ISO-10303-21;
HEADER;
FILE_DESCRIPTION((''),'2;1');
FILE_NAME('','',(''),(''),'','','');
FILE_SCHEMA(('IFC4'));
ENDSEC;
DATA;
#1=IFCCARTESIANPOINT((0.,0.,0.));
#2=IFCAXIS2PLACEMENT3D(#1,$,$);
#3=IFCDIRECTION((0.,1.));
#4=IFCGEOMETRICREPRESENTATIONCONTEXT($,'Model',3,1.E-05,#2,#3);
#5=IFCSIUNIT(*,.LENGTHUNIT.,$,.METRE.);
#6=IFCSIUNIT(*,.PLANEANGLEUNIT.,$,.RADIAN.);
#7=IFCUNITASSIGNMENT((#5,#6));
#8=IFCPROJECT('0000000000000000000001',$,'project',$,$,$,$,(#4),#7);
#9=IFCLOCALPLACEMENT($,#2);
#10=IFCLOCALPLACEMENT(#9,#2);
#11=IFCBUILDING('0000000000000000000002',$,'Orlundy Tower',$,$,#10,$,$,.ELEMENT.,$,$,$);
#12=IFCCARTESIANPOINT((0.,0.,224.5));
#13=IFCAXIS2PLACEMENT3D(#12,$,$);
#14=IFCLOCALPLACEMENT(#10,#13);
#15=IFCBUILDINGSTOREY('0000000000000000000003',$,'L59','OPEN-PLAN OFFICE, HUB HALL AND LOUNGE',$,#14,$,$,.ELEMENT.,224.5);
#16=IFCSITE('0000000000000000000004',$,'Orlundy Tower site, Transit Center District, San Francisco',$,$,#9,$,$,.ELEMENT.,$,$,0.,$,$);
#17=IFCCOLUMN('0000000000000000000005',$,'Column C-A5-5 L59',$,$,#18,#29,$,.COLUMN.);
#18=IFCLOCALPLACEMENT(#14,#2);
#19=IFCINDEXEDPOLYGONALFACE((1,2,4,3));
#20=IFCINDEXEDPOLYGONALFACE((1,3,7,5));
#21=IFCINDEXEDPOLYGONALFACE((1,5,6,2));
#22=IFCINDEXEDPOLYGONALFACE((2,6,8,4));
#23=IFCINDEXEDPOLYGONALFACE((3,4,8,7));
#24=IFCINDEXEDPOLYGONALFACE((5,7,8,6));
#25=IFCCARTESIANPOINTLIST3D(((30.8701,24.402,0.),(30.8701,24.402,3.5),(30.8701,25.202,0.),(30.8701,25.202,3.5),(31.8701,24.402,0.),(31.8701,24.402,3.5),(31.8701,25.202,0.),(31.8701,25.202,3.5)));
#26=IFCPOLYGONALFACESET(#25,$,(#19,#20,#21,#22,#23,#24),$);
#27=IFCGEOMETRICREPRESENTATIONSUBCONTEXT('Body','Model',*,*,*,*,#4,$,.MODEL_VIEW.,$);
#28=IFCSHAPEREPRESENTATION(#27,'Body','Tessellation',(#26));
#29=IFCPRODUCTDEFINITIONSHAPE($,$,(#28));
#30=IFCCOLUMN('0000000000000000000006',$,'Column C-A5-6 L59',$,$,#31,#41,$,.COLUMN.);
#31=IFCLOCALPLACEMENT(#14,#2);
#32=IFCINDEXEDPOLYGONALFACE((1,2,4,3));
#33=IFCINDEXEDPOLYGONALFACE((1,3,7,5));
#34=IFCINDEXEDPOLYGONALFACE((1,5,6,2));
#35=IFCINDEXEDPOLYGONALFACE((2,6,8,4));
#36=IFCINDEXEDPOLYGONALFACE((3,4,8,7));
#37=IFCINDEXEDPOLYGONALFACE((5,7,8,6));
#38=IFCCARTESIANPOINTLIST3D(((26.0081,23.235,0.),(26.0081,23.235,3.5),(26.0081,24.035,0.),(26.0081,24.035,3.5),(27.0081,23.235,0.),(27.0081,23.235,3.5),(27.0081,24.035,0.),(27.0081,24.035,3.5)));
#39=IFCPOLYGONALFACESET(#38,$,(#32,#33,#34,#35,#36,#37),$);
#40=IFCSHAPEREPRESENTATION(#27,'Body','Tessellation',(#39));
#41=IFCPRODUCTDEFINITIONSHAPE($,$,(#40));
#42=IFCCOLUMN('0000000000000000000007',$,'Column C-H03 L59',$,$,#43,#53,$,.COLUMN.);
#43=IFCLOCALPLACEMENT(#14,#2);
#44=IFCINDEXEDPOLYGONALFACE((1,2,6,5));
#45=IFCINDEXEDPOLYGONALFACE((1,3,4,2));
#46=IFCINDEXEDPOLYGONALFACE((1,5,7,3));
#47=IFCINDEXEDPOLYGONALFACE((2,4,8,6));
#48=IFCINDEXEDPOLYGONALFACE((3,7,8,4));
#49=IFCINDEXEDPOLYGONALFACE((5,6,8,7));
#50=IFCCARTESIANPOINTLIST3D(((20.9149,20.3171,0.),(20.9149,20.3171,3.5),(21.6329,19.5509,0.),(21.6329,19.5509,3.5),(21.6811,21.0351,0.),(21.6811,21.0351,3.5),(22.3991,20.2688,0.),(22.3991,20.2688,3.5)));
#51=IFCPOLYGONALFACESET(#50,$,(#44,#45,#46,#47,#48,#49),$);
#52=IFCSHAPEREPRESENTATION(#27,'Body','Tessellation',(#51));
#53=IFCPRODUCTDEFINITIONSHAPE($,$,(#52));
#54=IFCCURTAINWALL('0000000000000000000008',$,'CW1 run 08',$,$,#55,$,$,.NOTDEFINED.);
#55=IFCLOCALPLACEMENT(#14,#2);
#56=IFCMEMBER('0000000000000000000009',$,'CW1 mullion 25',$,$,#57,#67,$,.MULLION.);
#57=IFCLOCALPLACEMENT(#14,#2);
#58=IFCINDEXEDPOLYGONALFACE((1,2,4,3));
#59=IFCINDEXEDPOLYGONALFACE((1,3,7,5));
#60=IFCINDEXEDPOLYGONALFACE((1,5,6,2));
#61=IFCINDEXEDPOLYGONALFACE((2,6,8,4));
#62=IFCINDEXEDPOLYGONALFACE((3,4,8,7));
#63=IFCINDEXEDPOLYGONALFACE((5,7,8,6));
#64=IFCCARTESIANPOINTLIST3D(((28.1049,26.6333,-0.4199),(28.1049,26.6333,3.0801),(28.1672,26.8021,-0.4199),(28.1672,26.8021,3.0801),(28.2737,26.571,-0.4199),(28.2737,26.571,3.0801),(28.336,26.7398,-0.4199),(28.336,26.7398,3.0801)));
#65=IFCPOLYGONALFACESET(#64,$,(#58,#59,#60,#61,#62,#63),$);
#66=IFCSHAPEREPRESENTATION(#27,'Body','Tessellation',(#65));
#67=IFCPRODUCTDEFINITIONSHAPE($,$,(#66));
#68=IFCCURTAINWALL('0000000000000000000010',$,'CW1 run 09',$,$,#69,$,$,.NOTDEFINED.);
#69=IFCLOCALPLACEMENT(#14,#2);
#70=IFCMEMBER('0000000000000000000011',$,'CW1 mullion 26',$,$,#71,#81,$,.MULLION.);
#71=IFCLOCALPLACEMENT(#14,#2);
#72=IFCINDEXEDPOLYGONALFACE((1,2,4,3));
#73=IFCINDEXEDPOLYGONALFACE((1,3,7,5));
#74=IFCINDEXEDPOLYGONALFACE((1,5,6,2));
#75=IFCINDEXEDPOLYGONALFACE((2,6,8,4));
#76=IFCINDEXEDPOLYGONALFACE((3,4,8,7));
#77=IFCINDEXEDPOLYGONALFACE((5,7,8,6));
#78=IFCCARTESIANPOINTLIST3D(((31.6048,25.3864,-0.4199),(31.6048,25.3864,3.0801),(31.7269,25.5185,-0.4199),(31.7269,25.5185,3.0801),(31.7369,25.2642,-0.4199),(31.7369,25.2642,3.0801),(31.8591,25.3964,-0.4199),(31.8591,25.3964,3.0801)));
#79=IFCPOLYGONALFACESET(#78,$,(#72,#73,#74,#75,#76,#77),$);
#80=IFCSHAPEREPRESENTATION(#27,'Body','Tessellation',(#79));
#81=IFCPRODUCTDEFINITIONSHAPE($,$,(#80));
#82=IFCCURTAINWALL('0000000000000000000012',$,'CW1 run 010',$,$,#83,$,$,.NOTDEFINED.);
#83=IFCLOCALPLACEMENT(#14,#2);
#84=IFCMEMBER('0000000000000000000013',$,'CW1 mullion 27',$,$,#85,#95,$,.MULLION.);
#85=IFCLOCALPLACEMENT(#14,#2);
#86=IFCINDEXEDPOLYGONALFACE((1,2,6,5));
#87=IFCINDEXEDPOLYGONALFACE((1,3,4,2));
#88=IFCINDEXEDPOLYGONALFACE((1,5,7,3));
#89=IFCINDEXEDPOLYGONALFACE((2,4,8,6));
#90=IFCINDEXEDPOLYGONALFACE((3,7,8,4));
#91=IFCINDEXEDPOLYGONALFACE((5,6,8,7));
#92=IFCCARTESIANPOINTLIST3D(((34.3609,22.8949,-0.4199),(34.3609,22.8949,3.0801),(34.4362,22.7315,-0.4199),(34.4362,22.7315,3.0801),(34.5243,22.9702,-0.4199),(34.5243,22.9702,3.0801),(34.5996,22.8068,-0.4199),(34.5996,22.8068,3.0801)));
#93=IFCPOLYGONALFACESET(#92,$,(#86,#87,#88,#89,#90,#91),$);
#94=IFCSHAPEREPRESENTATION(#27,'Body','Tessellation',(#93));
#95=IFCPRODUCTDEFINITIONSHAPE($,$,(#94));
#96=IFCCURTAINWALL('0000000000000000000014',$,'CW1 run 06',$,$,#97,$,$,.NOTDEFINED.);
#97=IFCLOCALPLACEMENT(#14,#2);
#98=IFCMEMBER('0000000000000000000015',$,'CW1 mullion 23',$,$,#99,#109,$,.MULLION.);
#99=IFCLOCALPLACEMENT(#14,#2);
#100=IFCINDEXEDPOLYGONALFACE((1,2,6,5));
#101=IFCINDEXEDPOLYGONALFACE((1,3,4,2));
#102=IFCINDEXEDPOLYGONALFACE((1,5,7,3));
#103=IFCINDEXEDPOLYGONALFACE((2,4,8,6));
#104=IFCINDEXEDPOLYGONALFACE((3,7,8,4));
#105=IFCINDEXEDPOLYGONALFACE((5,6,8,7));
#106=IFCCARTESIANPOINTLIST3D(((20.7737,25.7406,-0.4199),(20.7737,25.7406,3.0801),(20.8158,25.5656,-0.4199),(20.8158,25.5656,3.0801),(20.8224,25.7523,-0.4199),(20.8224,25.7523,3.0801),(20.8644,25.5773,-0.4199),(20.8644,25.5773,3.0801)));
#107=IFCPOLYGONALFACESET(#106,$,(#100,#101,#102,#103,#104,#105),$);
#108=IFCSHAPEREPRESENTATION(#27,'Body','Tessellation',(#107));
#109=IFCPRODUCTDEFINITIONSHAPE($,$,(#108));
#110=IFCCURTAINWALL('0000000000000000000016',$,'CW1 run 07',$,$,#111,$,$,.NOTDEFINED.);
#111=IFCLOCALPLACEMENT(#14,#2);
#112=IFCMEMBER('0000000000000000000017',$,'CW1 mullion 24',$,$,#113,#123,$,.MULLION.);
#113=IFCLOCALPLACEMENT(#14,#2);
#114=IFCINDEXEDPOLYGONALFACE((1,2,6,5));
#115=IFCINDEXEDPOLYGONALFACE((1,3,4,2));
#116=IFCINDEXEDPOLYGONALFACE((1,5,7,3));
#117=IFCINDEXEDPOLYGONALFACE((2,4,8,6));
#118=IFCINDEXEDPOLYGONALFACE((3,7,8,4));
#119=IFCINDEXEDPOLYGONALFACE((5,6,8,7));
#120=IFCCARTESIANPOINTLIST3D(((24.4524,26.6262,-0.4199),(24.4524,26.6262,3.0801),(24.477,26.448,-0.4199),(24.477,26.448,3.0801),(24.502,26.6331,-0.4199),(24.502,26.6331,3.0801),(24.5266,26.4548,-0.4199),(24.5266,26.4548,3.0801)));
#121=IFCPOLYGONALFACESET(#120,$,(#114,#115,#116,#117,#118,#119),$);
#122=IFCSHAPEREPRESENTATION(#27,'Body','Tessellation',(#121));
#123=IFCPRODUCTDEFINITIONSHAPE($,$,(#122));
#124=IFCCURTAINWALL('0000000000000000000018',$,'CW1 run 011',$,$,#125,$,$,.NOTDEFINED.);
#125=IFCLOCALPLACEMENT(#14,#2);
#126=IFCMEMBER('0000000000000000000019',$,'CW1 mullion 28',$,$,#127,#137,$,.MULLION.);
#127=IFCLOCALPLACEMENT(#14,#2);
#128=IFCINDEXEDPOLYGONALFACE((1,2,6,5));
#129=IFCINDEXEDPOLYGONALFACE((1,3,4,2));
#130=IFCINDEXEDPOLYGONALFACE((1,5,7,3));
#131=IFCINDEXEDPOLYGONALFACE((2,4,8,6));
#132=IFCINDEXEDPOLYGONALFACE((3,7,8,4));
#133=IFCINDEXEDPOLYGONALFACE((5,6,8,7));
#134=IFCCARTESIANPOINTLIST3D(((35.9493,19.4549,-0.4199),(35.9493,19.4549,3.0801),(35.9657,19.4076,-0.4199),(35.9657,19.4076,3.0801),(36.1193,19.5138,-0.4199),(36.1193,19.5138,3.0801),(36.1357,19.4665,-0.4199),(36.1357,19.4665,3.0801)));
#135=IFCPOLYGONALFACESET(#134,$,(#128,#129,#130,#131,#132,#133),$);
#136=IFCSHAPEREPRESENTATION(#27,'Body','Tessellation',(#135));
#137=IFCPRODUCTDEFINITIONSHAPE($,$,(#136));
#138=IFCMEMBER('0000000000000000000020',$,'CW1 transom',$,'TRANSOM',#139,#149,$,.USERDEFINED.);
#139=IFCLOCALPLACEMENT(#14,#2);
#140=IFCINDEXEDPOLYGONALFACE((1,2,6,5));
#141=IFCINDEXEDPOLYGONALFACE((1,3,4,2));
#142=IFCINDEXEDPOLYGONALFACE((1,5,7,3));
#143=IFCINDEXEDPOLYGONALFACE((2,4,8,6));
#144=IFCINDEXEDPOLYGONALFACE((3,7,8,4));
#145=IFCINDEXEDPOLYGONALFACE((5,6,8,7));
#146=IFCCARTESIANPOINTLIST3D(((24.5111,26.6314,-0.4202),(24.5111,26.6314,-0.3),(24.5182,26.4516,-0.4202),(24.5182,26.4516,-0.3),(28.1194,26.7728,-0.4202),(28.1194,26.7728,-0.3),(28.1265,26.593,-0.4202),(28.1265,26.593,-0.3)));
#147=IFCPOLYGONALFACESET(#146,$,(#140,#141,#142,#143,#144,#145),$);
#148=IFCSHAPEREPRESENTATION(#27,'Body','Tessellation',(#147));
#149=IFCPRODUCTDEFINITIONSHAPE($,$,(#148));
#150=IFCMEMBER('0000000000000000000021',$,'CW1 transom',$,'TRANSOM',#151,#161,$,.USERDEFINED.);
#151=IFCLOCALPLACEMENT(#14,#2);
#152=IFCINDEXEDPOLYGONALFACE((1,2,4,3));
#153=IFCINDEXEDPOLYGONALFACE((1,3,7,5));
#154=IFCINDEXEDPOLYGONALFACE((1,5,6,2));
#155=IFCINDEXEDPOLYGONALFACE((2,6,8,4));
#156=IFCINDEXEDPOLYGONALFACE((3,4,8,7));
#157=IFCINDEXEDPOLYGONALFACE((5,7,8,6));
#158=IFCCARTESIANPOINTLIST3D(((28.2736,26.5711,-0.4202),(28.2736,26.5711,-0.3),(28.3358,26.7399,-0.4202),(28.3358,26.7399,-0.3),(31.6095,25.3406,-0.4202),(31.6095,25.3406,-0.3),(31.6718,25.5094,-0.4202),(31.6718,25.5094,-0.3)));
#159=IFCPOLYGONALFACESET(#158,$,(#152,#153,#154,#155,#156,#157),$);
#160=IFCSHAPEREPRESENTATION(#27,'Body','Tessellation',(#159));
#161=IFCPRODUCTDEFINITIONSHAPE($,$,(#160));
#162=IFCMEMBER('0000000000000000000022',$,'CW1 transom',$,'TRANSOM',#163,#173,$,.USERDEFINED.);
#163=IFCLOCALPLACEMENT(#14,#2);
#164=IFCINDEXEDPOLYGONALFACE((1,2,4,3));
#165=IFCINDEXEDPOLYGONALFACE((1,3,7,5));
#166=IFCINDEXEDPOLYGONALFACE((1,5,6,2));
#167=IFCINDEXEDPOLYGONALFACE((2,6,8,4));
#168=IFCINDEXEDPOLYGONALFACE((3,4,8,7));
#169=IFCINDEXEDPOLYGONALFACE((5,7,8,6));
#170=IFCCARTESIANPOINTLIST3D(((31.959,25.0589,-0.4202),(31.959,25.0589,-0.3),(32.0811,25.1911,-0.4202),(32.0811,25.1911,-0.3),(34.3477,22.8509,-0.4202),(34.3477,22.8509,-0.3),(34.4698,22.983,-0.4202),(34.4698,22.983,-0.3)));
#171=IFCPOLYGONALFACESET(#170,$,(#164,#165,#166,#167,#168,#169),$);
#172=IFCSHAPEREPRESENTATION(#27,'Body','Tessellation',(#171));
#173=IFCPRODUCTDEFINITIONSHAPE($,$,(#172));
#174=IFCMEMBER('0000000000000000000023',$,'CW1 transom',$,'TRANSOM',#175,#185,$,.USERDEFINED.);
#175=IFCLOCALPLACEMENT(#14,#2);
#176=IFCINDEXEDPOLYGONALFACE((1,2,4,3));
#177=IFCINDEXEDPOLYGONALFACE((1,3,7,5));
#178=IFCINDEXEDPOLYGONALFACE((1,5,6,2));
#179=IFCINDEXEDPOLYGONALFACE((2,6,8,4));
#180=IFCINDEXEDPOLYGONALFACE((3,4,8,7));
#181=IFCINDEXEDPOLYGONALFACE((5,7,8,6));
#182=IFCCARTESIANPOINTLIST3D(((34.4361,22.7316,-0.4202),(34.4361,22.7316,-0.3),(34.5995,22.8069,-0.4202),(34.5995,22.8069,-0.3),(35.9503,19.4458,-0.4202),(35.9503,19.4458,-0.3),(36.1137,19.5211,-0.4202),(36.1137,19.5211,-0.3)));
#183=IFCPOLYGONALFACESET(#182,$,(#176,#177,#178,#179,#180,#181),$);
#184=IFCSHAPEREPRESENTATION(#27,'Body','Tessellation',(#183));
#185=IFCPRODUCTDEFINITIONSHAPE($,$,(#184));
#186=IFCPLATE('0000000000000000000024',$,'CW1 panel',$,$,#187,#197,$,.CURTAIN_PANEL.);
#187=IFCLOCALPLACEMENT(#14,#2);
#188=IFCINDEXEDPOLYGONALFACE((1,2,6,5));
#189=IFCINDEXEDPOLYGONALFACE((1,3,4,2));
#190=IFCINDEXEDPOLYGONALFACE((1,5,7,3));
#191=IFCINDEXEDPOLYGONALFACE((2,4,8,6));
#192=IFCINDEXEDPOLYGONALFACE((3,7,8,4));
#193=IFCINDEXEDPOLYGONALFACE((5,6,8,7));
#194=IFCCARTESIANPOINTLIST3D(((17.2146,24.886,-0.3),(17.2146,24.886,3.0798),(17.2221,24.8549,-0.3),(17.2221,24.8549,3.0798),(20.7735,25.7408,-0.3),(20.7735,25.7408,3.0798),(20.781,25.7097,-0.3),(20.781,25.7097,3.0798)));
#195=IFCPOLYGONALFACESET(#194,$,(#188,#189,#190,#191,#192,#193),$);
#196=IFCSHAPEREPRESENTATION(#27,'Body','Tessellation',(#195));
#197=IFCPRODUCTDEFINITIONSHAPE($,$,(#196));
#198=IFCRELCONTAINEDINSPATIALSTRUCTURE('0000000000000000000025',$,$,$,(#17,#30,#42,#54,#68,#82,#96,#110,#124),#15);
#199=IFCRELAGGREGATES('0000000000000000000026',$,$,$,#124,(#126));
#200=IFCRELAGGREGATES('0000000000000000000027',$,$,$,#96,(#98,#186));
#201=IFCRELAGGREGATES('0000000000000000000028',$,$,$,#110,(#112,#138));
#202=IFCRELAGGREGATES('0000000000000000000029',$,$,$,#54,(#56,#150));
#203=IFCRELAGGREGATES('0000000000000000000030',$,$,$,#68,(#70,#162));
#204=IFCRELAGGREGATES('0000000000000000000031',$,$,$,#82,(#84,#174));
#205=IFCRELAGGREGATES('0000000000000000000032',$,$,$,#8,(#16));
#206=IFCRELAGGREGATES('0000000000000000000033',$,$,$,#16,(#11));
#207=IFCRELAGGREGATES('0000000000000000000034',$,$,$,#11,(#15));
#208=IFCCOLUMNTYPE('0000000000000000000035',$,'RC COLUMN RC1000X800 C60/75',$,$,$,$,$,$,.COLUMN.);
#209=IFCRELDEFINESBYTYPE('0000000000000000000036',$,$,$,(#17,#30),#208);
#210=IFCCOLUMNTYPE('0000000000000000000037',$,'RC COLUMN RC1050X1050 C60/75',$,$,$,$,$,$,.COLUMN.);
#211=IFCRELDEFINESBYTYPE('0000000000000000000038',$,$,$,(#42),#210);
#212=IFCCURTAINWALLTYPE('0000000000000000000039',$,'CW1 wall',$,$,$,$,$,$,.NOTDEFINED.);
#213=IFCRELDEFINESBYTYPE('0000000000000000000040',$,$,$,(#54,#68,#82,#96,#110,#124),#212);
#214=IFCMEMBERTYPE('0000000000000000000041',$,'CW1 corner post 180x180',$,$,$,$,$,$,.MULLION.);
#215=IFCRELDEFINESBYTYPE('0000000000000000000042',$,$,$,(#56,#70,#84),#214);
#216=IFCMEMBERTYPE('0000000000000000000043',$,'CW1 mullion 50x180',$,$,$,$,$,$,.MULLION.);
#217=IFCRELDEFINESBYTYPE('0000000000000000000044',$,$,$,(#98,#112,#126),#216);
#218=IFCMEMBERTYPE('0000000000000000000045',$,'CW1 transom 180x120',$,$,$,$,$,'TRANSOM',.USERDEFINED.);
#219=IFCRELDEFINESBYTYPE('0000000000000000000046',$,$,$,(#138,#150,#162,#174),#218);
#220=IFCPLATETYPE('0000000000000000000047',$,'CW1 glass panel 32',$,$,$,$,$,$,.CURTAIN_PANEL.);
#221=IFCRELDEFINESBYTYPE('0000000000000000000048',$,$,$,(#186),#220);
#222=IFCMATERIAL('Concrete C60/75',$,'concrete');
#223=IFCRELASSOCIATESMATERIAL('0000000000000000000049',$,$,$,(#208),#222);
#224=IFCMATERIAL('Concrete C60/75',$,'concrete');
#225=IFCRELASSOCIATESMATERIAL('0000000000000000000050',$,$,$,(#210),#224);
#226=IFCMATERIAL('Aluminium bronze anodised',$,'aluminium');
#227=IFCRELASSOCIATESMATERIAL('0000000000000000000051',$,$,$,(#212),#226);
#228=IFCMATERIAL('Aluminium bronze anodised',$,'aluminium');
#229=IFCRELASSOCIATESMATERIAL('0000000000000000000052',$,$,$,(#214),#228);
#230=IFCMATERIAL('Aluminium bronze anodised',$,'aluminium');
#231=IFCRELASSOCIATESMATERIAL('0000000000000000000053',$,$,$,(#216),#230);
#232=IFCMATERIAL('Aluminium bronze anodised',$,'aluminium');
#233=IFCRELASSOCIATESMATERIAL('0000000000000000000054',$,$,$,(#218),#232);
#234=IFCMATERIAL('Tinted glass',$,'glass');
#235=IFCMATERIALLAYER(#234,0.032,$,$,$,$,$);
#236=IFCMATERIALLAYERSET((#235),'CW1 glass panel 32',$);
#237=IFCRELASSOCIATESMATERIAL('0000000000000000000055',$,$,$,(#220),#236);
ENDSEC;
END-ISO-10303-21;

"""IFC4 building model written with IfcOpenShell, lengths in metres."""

from ifc_helpers import new_model, si_unit, direction, frame, origin, origin_2d, place, context, subcontext, project, spatial, rectangle, extrude, material, layer, layer_set, material_profile, profile_set, type_object, element, aggregate, save


model = new_model("IFC4")

# Units and contexts
model_context = context("Model", 3, precision=1e-05, world=origin(), true_north=direction((0.0, 1.0)))
body_context = subcontext(model_context, "Body", "Model", "MODEL_VIEW")
ifc_project = project(units=[si_unit("LENGTHUNIT", "METRE"), si_unit("PLANEANGLEUNIT", "RADIAN")], contexts=[model_context])

# Site, building, storey
site_placement = place(None, origin())
site = spatial("IfcSite", under=ifc_project, at=site_placement, Name="Orlundy Tower site, Transit Center District, San Francisco", CompositionType="ELEMENT", RefElevation=0.0)
building_placement = place(site_placement, origin())
building = spatial("IfcBuilding", under=site, at=building_placement, Name="Orlundy Tower", CompositionType="ELEMENT")
storey_placement = place(building_placement, frame((0.0, 0.0, 224.5)))
storey = spatial("IfcBuildingStorey", under=building, at=storey_placement, Name="L59", Description="OPEN-PLAN OFFICE, HUB HALL AND LOUNGE", CompositionType="ELEMENT", Elevation=224.5)

# Columns
ifc_material_1 = material(Name="Concrete C60/75", Category="concrete")
ifc_material_profile_1 = material_profile(ifc_material_1, rectangle(XDim=1.0, YDim=0.8, at=origin_2d()), Name="RC1000X800")
ifc_profile_set_1 = profile_set([ifc_material_profile_1], Name="Concrete C60/75")
column_type_1 = type_object("IfcColumnType", Name="RC COLUMN RC1000X800 C60/75", PredefinedType="COLUMN", material=ifc_profile_set_1)
for number, where, z_axis, x_axis, name in (
    (1, (31.3701, 24.802, 0.0), (0.0, 0.0, 1.0), (1.0, 0.0, 0.0), "Column C-A5-5 L59"),
    (2, (26.5081, 23.635, 0.0), (0.0, 0.0, 1.0), (1.0, 0.0, 0.0), "Column C-A5-6 L59"),
):
    element("IfcColumn", number, at=place(storey_placement, frame(where, z_axis=z_axis, x_axis=x_axis)), inside=storey, type_object=column_type_1, Name=name, PredefinedType="COLUMN", context=body_context, shape_type="SweptSolid", body=[
        extrude(rectangle(XDim=1.0, YDim=0.8, at=origin_2d()), origin(), (0.0, 0.0, 1.0), 3.5),
    ])
ifc_material_2 = material(Name="Concrete C60/75", Category="concrete")
ifc_material_profile_2 = material_profile(ifc_material_2, rectangle(XDim=1.05, YDim=1.05, at=origin_2d()), Name="RC1050X1050")
ifc_profile_set_2 = profile_set([ifc_material_profile_2], Name="Concrete C60/75")
column_type_2 = type_object("IfcColumnType", Name="RC COLUMN RC1050X1050 C60/75", PredefinedType="COLUMN", material=ifc_profile_set_2)
column_placement = place(storey_placement, frame((21.657, 20.293, 0.0), z_axis=(0.0, 0.0, 1.0), x_axis=(0.729709, 0.683758, 0.0)))
element("IfcColumn", 3, at=column_placement, inside=storey, type_object=column_type_2, Name="Column C-H03 L59", PredefinedType="COLUMN", context=body_context, shape_type="SweptSolid", body=[
    extrude(rectangle(XDim=1.05, YDim=1.05, at=origin_2d()), origin(), (0.0, 0.0, 1.0), 3.5),
])

# Curtain walls, members
ifc_material_3 = material(Name="Aluminium bronze anodised", Category="aluminium")
curtain_wall_type = type_object("IfcCurtainWallType", Name="CW1 wall", PredefinedType="NOTDEFINED", material=ifc_material_3)
curtain_wall_1_placement = place(storey_placement, origin())
curtain_wall_1 = element("IfcCurtainWall", 4, at=curtain_wall_1_placement, inside=storey, type_object=curtain_wall_type, Name="CW1 run 08", PredefinedType="NOTDEFINED")
ifc_material_4 = material(Name="Aluminium bronze anodised", Category="aluminium")
ifc_material_profile_3 = material_profile(ifc_material_4, rectangle(XDim=0.1799, YDim=0.1799, at=origin_2d()), Name="CW1 corner post 180x180")
ifc_profile_set_3 = profile_set([ifc_material_profile_3], Name="Aluminium bronze anodised")
member_type_1 = type_object("IfcMemberType", Name="CW1 corner post 180x180", PredefinedType="MULLION", material=ifc_profile_set_3)
member_1_placement = place(storey_placement, frame((28.2205, 26.6865, -0.4199), z_axis=(0.0, 0.0, 1.0), x_axis=(0.346093, 0.9382, 0.0)))
member_1 = element("IfcMember", 5, at=member_1_placement, type_object=member_type_1, Name="CW1 mullion 25", PredefinedType="MULLION", context=body_context, shape_type="SweptSolid", body=[
    extrude(rectangle(XDim=0.1799, YDim=0.1799, at=origin_2d()), origin(), (0.0, 0.0, 1.0), 3.5),
])
curtain_wall_2_placement = place(storey_placement, origin())
curtain_wall_2 = element("IfcCurtainWall", 6, at=curtain_wall_2_placement, inside=storey, type_object=curtain_wall_type, Name="CW1 run 09", PredefinedType="NOTDEFINED")
member_2_placement = place(storey_placement, frame((31.7319, 25.3914, -0.4199), z_axis=(0.0, 0.0, 1.0), x_axis=(0.678773, 0.734348, 0.0)))
member_2 = element("IfcMember", 7, at=member_2_placement, type_object=member_type_1, Name="CW1 mullion 26", PredefinedType="MULLION", context=body_context, shape_type="SweptSolid", body=[
    extrude(rectangle(XDim=0.1799, YDim=0.1799, at=origin_2d()), origin(), (0.0, 0.0, 1.0), 3.5),
])
curtain_wall_3_placement = place(storey_placement, origin())
curtain_wall_3 = element("IfcCurtainWall", 8, at=curtain_wall_3_placement, inside=storey, type_object=curtain_wall_type, Name="CW1 run 010", PredefinedType="NOTDEFINED")
member_3_placement = place(storey_placement, frame((34.4802, 22.8508, -0.4199), z_axis=(0.0, 0.0, 1.0), x_axis=(0.90822, 0.418493, 0.0)))
member_3 = element("IfcMember", 9, at=member_3_placement, type_object=member_type_1, Name="CW1 mullion 27", PredefinedType="MULLION", context=body_context, shape_type="SweptSolid", body=[
    extrude(rectangle(XDim=0.1799, YDim=0.1799, at=origin_2d()), origin(), (0.0, 0.0, 1.0), 3.5),
])
curtain_wall_4_placement = place(storey_placement, origin())
curtain_wall_4 = element("IfcCurtainWall", 10, at=curtain_wall_4_placement, inside=storey, type_object=curtain_wall_type, Name="CW1 run 06", PredefinedType="NOTDEFINED")
ifc_material_5 = material(Name="Aluminium bronze anodised", Category="aluminium")
ifc_material_profile_4 = material_profile(ifc_material_5, rectangle(XDim=0.1799, YDim=0.05, at=origin_2d()), Name="CW1 mullion 50x180")
ifc_profile_set_4 = profile_set([ifc_material_profile_4], Name="Aluminium bronze anodised")
member_type_2 = type_object("IfcMemberType", Name="CW1 mullion 50x180", PredefinedType="MULLION", material=ifc_profile_set_4)
member_4_placement = place(storey_placement, frame((20.8191, 25.6589, -0.4199), z_axis=(0.0, 0.0, 1.0), x_axis=(-0.233529, 0.97235, 0.0)))
member_4 = element("IfcMember", 11, at=member_4_placement, type_object=member_type_2, Name="CW1 mullion 23", PredefinedType="MULLION", context=body_context, shape_type="SweptSolid", body=[
    extrude(rectangle(XDim=0.1799, YDim=0.05, at=origin_2d()), origin(), (0.0, 0.0, 1.0), 3.5),
])
curtain_wall_5_placement = place(storey_placement, origin())
curtain_wall_5 = element("IfcCurtainWall", 12, at=curtain_wall_5_placement, inside=storey, type_object=curtain_wall_type, Name="CW1 run 07", PredefinedType="NOTDEFINED")
member_5_placement = place(storey_placement, frame((24.4895, 26.5405, -0.4199), z_axis=(0.0, 0.0, 1.0), x_axis=(-0.136984, 0.990573, 0.0)))
member_5 = element("IfcMember", 13, at=member_5_placement, type_object=member_type_2, Name="CW1 mullion 24", PredefinedType="MULLION", context=body_context, shape_type="SweptSolid", body=[
    extrude(rectangle(XDim=0.1799, YDim=0.05, at=origin_2d()), origin(), (0.0, 0.0, 1.0), 3.5),
])
curtain_wall_6_placement = place(storey_placement, origin())
curtain_wall_6 = element("IfcCurtainWall", 14, at=curtain_wall_6_placement, inside=storey, type_object=curtain_wall_type, Name="CW1 run 011", PredefinedType="NOTDEFINED")
member_6_placement = place(storey_placement, frame((36.0425, 19.4607, -0.4199), z_axis=(0.0, 0.0, 1.0), x_axis=(0.944832, 0.327557, 0.0)))
member_6 = element("IfcMember", 15, at=member_6_placement, type_object=member_type_2, Name="CW1 mullion 28", PredefinedType="MULLION", context=body_context, shape_type="SweptSolid", body=[
    extrude(rectangle(XDim=0.1799, YDim=0.05, at=origin_2d()), origin(), (0.0, 0.0, 1.0), 3.5),
])
aggregate(curtain_wall_6, [member_6])

# Members
ifc_material_6 = material(Name="Aluminium bronze anodised", Category="aluminium")
ifc_material_profile_5 = material_profile(ifc_material_6, rectangle(XDim=0.1799, YDim=0.1201, at=origin_2d()), Name="CW1 transom 180x120")
ifc_profile_set_5 = profile_set([ifc_material_profile_5], Name="Aluminium bronze anodised")
member_type_3 = type_object("IfcMemberType", Name="CW1 transom 180x120", ElementType="TRANSOM", PredefinedType="USERDEFINED", material=ifc_profile_set_5)
member_7_placement = place(storey_placement, frame((24.5146, 26.5415, -0.3601), z_axis=(0.999234, 0.039145, 0.0), x_axis=(-0.039145, 0.999234, 0.0)))
member_7 = element("IfcMember", 16, at=member_7_placement, type_object=member_type_3, Name="CW1 transom", ObjectType="TRANSOM", PredefinedType="USERDEFINED", context=body_context, shape_type="SweptSolid", body=[
    extrude(rectangle(XDim=0.1799, YDim=0.1201, at=origin_2d()), origin(), (0.0, 0.0, 1.0), 3.6111),
])
member_8_placement = place(storey_placement, frame((28.3047, 26.6555, -0.3601), z_axis=(0.938212, -0.346062, 0.0), x_axis=(0.346062, 0.938212, 0.0)))
member_8 = element("IfcMember", 17, at=member_8_placement, type_object=member_type_3, Name="CW1 transom", ObjectType="TRANSOM", PredefinedType="USERDEFINED", context=body_context, shape_type="SweptSolid", body=[
    extrude(rectangle(XDim=0.1799, YDim=0.1201, at=origin_2d()), origin(), (0.0, 0.0, 1.0), 3.5557),
])
member_9_placement = place(storey_placement, frame((32.02, 25.125, -0.3601), z_axis=(0.734331, -0.678791, 0.0), x_axis=(0.678791, 0.734331, 0.0)))
member_9 = element("IfcMember", 18, at=member_9_placement, type_object=member_type_3, Name="CW1 transom", ObjectType="TRANSOM", PredefinedType="USERDEFINED", context=body_context, shape_type="SweptSolid", body=[
    extrude(rectangle(XDim=0.1799, YDim=0.1201, at=origin_2d()), origin(), (0.0, 0.0, 1.0), 3.2529),
])
member_10_placement = place(storey_placement, frame((34.5178, 22.7693, -0.3601), z_axis=(0.41851, -0.908212, 0.0), x_axis=(0.908212, 0.41851, 0.0)))
member_10 = element("IfcMember", 19, at=member_10_placement, type_object=member_type_3, Name="CW1 transom", ObjectType="TRANSOM", PredefinedType="USERDEFINED", context=body_context, shape_type="SweptSolid", body=[
    extrude(rectangle(XDim=0.1799, YDim=0.1201, at=origin_2d()), origin(), (0.0, 0.0, 1.0), 3.6179),
])

# Plate
ifc_material_7 = material(Name="Tinted glass", Category="glass")
ifc_layer = layer(ifc_material_7, 0.032)
ifc_layer_set = layer_set([ifc_layer], Name="CW1 glass panel 32")
plate_type = type_object("IfcPlateType", Name="CW1 glass panel 32", PredefinedType="CURTAIN_PANEL", material=ifc_layer_set)
plate_1_placement = place(storey_placement, frame((18.9978, 25.2979, -0.3), z_axis=(0.0, 0.0, 1.0), x_axis=(0.97235, 0.233529, 0.0)))
plate_1 = element("IfcPlate", 20, at=plate_1_placement, type_object=plate_type, Name="CW1 panel", PredefinedType="CURTAIN_PANEL", context=body_context, shape_type="SweptSolid", body=[
    extrude(rectangle(XDim=3.6602, YDim=0.032, at=origin_2d()), origin(), (0.0, 0.0, 1.0), 3.3799),
])
aggregate(curtain_wall_4, [member_4, plate_1])
aggregate(curtain_wall_5, [member_5, member_7])
aggregate(curtain_wall_1, [member_1, member_8])
aggregate(curtain_wall_2, [member_2, member_9])
aggregate(curtain_wall_3, [member_3, member_10])

save(model, "model.ifc")
